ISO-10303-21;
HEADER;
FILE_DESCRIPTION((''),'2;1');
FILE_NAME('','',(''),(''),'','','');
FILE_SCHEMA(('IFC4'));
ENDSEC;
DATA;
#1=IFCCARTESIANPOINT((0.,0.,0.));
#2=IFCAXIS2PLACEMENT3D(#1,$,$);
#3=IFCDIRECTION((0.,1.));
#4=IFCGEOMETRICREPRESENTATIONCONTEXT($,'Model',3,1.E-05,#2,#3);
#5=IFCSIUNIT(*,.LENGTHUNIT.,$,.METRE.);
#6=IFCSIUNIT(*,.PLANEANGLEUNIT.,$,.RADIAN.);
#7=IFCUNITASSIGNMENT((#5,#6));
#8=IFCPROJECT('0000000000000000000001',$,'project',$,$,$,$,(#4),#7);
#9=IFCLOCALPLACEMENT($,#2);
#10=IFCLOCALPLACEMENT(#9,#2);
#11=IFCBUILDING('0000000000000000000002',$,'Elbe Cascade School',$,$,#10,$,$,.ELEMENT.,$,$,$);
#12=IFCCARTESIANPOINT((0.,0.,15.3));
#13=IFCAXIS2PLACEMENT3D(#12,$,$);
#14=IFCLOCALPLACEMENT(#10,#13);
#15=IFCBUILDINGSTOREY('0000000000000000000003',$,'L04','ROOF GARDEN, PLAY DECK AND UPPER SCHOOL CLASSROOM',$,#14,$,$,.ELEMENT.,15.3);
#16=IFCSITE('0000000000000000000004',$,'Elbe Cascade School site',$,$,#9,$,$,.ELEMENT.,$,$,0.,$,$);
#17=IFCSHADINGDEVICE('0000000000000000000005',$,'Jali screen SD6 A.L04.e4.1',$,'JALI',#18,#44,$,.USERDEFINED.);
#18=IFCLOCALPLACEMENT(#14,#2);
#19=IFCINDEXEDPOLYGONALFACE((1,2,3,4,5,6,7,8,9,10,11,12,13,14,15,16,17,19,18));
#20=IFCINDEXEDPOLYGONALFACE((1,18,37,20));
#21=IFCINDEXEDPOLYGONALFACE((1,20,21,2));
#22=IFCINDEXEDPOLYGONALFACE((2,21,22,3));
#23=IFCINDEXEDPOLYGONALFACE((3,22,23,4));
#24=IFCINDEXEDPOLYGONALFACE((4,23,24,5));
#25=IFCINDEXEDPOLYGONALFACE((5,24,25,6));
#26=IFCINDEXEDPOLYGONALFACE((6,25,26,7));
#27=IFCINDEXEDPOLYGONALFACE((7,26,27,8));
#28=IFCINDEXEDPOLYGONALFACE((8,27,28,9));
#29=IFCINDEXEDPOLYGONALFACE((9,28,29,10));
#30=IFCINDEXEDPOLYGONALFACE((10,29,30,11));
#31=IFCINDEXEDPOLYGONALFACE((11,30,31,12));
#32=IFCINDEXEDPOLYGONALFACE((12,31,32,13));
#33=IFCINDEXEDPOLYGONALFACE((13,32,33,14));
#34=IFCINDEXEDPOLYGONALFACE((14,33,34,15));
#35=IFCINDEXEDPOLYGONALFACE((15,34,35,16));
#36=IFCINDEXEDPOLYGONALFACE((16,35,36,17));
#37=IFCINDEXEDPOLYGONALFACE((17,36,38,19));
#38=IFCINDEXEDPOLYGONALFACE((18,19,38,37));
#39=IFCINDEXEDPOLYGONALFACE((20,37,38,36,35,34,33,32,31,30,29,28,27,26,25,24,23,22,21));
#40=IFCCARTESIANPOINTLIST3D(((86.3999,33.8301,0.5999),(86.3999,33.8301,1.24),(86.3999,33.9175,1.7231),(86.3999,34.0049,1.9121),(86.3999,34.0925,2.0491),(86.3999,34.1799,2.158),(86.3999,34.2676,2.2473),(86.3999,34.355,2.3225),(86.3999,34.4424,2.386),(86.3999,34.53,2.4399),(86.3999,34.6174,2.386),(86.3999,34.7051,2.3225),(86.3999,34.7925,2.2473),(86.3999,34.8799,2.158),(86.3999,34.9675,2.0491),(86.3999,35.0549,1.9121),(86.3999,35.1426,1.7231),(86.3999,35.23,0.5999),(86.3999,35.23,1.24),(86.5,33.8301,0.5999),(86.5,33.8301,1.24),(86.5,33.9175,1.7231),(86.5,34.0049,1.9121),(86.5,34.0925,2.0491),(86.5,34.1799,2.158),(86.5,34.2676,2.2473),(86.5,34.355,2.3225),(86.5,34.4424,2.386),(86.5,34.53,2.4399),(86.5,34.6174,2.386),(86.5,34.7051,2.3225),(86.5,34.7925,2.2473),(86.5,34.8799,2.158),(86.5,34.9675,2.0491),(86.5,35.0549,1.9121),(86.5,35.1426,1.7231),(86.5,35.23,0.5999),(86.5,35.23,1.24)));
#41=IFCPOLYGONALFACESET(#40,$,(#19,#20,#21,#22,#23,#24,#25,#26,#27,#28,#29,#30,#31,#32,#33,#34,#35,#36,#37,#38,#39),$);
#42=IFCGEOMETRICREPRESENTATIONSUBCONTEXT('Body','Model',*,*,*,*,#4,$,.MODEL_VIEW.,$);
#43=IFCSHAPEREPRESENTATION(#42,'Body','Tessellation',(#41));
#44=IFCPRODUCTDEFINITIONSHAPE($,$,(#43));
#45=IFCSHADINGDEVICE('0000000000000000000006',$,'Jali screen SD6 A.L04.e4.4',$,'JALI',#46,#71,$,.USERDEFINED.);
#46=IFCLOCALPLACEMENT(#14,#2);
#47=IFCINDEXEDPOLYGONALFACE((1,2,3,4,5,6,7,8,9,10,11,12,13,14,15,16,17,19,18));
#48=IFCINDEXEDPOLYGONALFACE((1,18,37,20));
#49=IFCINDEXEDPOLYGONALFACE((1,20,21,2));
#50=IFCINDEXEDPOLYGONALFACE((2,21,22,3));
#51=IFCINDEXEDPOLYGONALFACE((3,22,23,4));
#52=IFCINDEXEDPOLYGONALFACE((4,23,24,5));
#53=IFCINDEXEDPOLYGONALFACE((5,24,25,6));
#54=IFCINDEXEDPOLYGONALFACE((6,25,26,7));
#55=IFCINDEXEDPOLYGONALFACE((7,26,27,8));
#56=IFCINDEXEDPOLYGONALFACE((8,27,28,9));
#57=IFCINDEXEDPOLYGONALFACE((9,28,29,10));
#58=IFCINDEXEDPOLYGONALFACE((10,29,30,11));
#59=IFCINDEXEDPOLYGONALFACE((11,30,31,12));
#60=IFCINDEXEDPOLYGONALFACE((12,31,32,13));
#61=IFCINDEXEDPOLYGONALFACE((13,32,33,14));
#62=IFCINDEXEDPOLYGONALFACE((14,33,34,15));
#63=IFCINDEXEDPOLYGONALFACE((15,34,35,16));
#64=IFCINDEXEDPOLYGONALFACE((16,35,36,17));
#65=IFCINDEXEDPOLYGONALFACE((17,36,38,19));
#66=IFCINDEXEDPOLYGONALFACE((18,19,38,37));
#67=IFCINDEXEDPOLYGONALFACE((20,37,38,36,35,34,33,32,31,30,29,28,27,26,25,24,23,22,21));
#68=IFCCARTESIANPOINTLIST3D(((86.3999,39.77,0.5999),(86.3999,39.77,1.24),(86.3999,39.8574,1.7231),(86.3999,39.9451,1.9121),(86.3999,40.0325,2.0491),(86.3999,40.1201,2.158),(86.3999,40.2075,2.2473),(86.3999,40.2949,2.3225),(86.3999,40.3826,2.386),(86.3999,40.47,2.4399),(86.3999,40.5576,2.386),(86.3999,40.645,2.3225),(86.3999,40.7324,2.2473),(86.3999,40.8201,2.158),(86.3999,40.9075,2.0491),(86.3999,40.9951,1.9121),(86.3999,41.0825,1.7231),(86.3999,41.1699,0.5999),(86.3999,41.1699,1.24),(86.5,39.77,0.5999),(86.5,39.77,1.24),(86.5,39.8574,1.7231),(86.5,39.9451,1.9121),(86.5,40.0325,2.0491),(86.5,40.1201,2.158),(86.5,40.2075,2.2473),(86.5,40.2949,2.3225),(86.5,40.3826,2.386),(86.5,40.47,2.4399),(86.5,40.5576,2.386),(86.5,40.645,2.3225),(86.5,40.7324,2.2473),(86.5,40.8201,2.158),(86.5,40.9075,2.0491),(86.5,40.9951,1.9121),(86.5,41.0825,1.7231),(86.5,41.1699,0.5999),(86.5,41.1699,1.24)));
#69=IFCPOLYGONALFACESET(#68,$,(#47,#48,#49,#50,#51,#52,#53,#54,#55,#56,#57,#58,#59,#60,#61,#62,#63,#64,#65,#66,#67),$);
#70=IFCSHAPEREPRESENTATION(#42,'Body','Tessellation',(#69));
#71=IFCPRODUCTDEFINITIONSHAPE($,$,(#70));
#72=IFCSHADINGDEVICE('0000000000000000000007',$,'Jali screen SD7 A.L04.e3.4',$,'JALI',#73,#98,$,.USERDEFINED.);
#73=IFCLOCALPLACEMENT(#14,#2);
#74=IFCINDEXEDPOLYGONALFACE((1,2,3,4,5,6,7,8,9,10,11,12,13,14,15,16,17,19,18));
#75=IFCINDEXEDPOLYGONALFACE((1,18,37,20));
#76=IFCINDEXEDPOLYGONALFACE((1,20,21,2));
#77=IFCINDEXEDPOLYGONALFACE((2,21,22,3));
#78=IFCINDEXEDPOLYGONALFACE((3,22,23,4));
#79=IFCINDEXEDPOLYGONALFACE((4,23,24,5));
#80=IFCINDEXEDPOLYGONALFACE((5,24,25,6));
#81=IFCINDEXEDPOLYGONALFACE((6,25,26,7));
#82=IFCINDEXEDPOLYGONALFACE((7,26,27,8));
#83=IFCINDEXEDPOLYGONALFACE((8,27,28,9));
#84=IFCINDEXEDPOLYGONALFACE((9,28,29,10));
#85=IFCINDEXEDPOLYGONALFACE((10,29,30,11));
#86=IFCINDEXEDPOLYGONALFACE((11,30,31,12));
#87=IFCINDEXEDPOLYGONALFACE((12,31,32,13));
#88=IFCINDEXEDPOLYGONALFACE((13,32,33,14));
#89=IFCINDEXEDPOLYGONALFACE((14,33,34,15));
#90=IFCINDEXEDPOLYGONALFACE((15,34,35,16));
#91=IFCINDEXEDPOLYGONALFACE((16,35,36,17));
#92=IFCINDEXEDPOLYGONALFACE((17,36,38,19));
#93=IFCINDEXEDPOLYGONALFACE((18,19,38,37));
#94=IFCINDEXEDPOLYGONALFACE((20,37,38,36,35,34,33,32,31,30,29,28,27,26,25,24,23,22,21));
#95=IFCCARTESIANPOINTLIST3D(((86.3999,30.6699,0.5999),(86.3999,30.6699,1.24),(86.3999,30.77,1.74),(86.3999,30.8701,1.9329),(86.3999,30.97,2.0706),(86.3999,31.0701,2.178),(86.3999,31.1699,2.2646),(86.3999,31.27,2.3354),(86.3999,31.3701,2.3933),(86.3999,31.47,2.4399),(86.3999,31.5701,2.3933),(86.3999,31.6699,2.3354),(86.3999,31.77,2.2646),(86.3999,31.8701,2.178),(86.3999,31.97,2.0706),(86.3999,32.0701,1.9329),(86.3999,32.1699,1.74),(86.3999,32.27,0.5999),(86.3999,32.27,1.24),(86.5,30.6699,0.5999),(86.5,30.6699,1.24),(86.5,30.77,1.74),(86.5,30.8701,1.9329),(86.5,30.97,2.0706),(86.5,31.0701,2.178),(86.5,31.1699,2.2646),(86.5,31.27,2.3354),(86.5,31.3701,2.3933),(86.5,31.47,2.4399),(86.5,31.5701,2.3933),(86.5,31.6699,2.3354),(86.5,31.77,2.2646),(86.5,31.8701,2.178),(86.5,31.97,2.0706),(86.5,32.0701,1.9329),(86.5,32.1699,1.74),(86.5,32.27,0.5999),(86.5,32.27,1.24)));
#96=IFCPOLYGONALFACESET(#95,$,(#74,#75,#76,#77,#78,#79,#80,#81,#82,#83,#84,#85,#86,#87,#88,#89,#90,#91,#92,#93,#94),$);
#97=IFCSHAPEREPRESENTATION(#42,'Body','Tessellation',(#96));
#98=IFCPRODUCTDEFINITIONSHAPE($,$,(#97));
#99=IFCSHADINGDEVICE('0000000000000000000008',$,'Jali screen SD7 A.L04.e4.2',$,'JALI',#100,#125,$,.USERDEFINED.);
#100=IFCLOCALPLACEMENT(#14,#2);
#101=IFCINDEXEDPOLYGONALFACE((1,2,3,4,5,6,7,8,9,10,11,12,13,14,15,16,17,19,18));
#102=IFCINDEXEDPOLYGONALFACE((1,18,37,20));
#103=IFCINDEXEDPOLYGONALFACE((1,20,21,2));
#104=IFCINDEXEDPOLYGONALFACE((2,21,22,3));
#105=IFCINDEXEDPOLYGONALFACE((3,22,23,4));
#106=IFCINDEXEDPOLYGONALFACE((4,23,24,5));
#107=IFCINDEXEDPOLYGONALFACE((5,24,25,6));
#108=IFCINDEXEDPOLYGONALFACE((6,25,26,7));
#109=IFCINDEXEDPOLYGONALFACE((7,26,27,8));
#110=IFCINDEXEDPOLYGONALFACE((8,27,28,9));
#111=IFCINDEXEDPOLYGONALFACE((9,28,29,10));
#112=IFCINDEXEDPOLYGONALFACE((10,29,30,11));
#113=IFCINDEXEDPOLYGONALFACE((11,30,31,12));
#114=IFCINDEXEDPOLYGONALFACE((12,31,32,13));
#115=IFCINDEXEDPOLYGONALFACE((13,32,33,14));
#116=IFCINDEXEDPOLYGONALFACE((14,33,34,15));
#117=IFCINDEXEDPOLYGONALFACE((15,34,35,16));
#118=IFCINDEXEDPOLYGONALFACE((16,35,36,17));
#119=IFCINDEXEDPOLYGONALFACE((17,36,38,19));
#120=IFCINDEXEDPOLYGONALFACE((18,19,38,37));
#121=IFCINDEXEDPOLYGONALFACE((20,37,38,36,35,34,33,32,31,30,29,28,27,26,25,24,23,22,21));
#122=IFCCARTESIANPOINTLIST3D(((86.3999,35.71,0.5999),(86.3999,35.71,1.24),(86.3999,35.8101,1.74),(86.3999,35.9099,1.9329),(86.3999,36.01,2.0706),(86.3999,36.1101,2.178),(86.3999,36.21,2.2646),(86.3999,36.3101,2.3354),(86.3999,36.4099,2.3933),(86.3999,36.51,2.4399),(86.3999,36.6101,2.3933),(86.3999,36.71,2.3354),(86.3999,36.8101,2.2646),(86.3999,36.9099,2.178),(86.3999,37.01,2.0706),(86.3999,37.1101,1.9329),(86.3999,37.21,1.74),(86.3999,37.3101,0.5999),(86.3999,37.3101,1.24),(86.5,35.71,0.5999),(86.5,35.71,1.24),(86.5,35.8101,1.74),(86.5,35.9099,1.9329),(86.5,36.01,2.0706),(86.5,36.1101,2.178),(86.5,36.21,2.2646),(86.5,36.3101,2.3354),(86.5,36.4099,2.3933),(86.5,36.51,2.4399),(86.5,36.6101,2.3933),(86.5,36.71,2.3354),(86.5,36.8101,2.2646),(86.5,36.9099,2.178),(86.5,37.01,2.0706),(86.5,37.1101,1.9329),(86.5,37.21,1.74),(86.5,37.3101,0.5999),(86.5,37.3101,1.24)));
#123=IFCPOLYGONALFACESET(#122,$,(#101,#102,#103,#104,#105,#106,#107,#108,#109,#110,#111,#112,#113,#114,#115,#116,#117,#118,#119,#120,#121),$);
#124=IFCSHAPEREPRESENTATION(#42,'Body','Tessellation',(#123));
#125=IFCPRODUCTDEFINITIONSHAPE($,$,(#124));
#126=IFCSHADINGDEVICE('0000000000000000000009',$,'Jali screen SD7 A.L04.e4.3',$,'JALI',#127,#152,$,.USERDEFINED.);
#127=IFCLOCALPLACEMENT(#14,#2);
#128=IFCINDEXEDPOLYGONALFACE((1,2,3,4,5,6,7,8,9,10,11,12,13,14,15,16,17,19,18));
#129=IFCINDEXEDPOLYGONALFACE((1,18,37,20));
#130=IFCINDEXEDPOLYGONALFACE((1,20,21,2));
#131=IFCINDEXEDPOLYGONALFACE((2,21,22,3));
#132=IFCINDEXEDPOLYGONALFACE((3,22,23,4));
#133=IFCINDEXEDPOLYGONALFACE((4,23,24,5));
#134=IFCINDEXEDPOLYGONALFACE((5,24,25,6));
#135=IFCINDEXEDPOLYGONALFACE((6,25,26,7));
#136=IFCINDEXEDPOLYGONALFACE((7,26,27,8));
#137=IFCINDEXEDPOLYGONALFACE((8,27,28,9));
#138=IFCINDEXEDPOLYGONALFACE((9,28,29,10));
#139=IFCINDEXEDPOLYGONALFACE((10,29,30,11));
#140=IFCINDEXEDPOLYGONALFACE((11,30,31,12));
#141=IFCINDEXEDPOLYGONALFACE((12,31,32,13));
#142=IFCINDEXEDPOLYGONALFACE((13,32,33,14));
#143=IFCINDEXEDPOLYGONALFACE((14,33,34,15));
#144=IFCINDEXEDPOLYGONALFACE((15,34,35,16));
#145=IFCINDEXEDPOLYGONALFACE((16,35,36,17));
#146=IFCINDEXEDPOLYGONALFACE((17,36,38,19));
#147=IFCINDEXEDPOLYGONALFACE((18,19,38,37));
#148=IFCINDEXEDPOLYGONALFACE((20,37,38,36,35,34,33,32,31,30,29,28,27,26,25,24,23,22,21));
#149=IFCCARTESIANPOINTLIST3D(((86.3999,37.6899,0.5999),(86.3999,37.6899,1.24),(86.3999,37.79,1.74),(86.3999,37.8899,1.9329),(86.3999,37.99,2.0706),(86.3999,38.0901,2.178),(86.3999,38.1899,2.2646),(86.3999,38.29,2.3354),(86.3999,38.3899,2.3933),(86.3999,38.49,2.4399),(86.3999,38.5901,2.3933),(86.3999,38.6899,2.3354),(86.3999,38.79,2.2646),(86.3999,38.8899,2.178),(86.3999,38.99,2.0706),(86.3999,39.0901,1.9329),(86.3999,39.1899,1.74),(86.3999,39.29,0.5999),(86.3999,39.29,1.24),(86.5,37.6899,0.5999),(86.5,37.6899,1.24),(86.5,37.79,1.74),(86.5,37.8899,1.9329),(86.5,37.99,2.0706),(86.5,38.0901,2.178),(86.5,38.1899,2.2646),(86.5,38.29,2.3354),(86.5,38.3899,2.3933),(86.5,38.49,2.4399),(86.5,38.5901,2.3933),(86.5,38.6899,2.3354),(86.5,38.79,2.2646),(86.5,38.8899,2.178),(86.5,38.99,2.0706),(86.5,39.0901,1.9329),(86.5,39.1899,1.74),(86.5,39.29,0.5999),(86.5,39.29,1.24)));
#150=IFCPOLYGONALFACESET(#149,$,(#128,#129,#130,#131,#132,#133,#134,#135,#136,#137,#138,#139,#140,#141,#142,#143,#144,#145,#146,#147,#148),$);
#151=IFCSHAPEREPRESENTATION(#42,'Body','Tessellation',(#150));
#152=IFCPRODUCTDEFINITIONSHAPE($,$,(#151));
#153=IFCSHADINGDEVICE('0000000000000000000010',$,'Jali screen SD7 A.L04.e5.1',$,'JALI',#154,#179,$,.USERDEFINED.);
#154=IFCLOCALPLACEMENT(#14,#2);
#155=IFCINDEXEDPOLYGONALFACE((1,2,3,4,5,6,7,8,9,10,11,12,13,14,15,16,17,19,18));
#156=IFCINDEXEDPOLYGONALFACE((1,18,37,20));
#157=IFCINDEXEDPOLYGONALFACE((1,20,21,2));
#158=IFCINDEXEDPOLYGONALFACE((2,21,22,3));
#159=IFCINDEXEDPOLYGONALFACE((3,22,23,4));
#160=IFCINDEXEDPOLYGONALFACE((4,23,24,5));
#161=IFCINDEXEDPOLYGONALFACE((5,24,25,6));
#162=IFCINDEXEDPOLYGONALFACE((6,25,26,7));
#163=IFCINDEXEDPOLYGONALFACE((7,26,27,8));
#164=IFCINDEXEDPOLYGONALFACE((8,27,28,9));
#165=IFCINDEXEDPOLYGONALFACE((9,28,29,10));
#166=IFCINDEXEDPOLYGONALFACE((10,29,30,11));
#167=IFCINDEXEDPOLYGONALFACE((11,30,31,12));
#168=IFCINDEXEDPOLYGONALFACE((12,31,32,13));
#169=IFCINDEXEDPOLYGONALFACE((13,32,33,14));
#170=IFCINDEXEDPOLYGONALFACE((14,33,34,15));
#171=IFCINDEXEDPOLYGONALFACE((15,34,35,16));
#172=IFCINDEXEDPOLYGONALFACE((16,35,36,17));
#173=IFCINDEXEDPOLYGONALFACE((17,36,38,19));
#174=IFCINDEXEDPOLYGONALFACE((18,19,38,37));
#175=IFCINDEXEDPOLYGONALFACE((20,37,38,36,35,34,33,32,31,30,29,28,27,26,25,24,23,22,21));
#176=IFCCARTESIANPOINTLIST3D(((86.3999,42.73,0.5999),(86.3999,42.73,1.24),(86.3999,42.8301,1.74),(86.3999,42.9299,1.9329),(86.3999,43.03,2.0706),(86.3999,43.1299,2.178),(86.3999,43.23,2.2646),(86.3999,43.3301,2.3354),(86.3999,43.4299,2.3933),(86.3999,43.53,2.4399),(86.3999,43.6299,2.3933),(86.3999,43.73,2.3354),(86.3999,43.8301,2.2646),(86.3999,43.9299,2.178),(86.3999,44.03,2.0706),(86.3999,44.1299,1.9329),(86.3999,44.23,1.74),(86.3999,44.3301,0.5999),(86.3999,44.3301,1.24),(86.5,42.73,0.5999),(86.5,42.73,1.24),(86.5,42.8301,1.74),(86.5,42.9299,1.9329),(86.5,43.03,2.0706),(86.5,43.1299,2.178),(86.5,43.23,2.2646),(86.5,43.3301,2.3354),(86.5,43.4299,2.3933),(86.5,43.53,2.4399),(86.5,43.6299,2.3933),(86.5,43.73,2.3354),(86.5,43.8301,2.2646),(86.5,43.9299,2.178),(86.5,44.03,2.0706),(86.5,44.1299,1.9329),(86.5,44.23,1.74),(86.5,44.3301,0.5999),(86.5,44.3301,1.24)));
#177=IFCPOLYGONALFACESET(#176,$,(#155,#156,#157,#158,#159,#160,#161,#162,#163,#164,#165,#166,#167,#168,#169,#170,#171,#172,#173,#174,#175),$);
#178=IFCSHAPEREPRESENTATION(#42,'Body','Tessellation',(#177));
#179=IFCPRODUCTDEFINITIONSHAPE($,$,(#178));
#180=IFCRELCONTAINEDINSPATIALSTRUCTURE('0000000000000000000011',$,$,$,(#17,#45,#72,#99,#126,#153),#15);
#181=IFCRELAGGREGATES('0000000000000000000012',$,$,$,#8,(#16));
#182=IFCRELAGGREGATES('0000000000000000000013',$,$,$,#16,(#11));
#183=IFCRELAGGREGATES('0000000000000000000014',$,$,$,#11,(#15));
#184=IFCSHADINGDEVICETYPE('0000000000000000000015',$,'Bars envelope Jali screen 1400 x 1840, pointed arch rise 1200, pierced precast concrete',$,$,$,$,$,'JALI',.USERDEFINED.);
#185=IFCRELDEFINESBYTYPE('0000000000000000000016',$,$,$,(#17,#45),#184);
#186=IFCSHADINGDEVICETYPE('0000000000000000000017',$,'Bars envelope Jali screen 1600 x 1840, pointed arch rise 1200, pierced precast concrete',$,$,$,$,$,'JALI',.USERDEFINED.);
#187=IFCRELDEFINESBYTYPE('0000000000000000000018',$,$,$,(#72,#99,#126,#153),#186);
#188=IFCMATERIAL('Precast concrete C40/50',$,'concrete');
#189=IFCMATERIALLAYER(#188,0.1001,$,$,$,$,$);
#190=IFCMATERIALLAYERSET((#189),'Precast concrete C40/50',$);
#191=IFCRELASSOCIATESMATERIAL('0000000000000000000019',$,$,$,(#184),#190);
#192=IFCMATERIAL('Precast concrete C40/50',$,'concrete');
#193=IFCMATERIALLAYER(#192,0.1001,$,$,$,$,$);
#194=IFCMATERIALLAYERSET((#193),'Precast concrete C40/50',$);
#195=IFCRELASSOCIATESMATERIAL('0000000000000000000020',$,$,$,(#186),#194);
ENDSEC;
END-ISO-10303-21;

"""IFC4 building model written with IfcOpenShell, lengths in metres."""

from ifc_helpers import new_model, si_unit, direction, frame, origin, place, context, subcontext, project, spatial, polyline, outline, extrude, material, layer, layer_set, type_object, element, save


model = new_model("IFC4")

# Units and contexts
model_context = context("Model", 3, precision=1e-05, world=origin(), true_north=direction((0.0, 1.0)))
body_context = subcontext(model_context, "Body", "Model", "MODEL_VIEW")
ifc_project = project(units=[si_unit("LENGTHUNIT", "METRE"), si_unit("PLANEANGLEUNIT", "RADIAN")], contexts=[model_context])

# Site, building, storey
site_placement = place(None, origin())
site = spatial("IfcSite", under=ifc_project, at=site_placement, Name="Elbe Cascade School site", CompositionType="ELEMENT", RefElevation=0.0)
building_placement = place(site_placement, origin())
building = spatial("IfcBuilding", under=site, at=building_placement, Name="Elbe Cascade School", CompositionType="ELEMENT")
storey_placement = place(building_placement, frame((0.0, 0.0, 15.3)))
storey = spatial("IfcBuildingStorey", under=building, at=storey_placement, Name="L04", Description="ROOF GARDEN, PLAY DECK AND UPPER SCHOOL CLASSROOM", CompositionType="ELEMENT", Elevation=15.3)

# Shading devices
ifc_material_1 = material(Name="Precast concrete C40/50", Category="concrete")
ifc_layer_1 = layer(ifc_material_1, 0.1001)
ifc_layer_set_1 = layer_set([ifc_layer_1], Name="Precast concrete C40/50")
shading_device_type_1 = type_object("IfcShadingDeviceType", Name="Bars envelope Jali screen 1400 x 1840, pointed arch rise 1200, pierced precast concrete", ElementType="JALI", PredefinedType="USERDEFINED", material=ifc_layer_set_1)
shading_device_1_placement = place(storey_placement, frame((86.5, 33.8301, 0.5999), z_axis=(1.0, 0.0, 0.0), x_axis=(0.0, 1.0, 0.0)))
element("IfcShadingDevice", 1, at=shading_device_1_placement, inside=storey, type_object=shading_device_type_1, Name="Jali screen SD6 A.L04.e4.1", ObjectType="JALI", PredefinedType="USERDEFINED", context=body_context, shape_type="SweptSolid", body=[
    extrude(outline(polyline([(0.0, 0.0), (1.3999, 0.0), (1.3999, 0.6401), (1.3125, 1.1233), (1.2249, 1.3123), (1.1375, 1.4492), (1.0498, 1.5581), (0.9624, 1.6475), (0.875, 1.7227), (0.7874, 1.7861), (0.7, 1.8401), (0.6123, 1.7861), (0.5249, 1.7227), (0.4375, 1.6475), (0.3499, 1.5581), (0.2625, 1.4492), (0.1748, 1.3123), (0.0874, 1.1233), (0.0, 0.6401), (0.0, 0.0)])), origin(), (0.0, 0.0, -1.0), 0.1001),
])
shading_device_2_placement = place(storey_placement, frame((86.5, 39.77, 0.5999), z_axis=(1.0, 0.0, 0.0), x_axis=(0.0, 1.0, 0.0)))
element("IfcShadingDevice", 2, at=shading_device_2_placement, inside=storey, type_object=shading_device_type_1, Name="Jali screen SD6 A.L04.e4.4", ObjectType="JALI", PredefinedType="USERDEFINED", context=body_context, shape_type="SweptSolid", body=[
    extrude(outline(polyline([(0.0, 0.0), (1.3999, 0.0), (1.3999, 0.6401), (1.3125, 1.1233), (1.2251, 1.3123), (1.1375, 1.4492), (1.05, 1.5581), (0.9624, 1.6475), (0.875, 1.7227), (0.7876, 1.7861), (0.7, 1.8401), (0.6125, 1.7861), (0.5249, 1.7227), (0.4375, 1.6475), (0.3501, 1.5581), (0.2625, 1.4492), (0.175, 1.3123), (0.0874, 1.1233), (0.0, 0.6401), (0.0, 0.0)])), origin(), (0.0, 0.0, -1.0), 0.1001),
])
ifc_material_2 = material(Name="Precast concrete C40/50", Category="concrete")
ifc_layer_2 = layer(ifc_material_2, 0.1001)
ifc_layer_set_2 = layer_set([ifc_layer_2], Name="Precast concrete C40/50")
shading_device_type_2 = type_object("IfcShadingDeviceType", Name="Bars envelope Jali screen 1600 x 1840, pointed arch rise 1200, pierced precast concrete", ElementType="JALI", PredefinedType="USERDEFINED", material=ifc_layer_set_2)
shading_device_3_placement = place(storey_placement, frame((86.5, 30.6699, 0.5999), z_axis=(1.0, 0.0, 0.0), x_axis=(0.0, 1.0, 0.0)))
element("IfcShadingDevice", 3, at=shading_device_3_placement, inside=storey, type_object=shading_device_type_2, Name="Jali screen SD7 A.L04.e3.4", ObjectType="JALI", PredefinedType="USERDEFINED", context=body_context, shape_type="SweptSolid", body=[
    extrude(outline(polyline([(0.0, 0.0), (1.6001, 0.0), (1.6001, 0.6401), (1.5, 1.1401), (1.4001, 1.333), (1.3, 1.4707), (1.2002, 1.5781), (1.1001, 1.6648), (1.0, 1.7356), (0.9001, 1.7935), (0.8, 1.8401), (0.7002, 1.7935), (0.6001, 1.7356), (0.5, 1.6648), (0.4001, 1.5781), (0.3, 1.4707), (0.2002, 1.333), (0.1001, 1.1401), (0.0, 0.6401), (0.0, 0.0)])), origin(), (0.0, 0.0, -1.0), 0.1001),
])
for number, where, z_axis, x_axis, name in (
    (4, (86.5, 35.71, 0.5999), (1.0, 0.0, 0.0), (0.0, 1.0, 0.0), "Jali screen SD7 A.L04.e4.2"),
    (5, (86.5, 37.6899, 0.5999), (1.0, 0.0, 0.0), (0.0, 1.0, 0.0), "Jali screen SD7 A.L04.e4.3"),
):
    element("IfcShadingDevice", number, at=place(storey_placement, frame(where, z_axis=z_axis, x_axis=x_axis)), inside=storey, type_object=shading_device_type_2, Name=name, ObjectType="JALI", PredefinedType="USERDEFINED", context=body_context, shape_type="SweptSolid", body=[
        extrude(outline(polyline([(0.0, 0.0), (1.6001, 0.0), (1.6001, 0.6401), (1.5, 1.1401), (1.4001, 1.333), (1.3, 1.4707), (1.2, 1.5781), (1.1001, 1.6648), (1.0, 1.7356), (0.9001, 1.7935), (0.8, 1.8401), (0.7, 1.7935), (0.6001, 1.7356), (0.5, 1.6648), (0.4001, 1.5781), (0.3, 1.4707), (0.2, 1.333), (0.1001, 1.1401), (0.0, 0.6401), (0.0, 0.0)])), origin(), (0.0, 0.0, -1.0), 0.1001),
    ])
shading_device_4_placement = place(storey_placement, frame((86.5, 42.73, 0.5999), z_axis=(1.0, 0.0, 0.0), x_axis=(0.0, 1.0, 0.0)))
element("IfcShadingDevice", 6, at=shading_device_4_placement, inside=storey, type_object=shading_device_type_2, Name="Jali screen SD7 A.L04.e5.1", ObjectType="JALI", PredefinedType="USERDEFINED", context=body_context, shape_type="SweptSolid", body=[
    extrude(outline(polyline([(0.0, 0.0), (1.6001, 0.0), (1.6001, 0.6401), (1.5, 1.1401), (1.3999, 1.333), (1.3, 1.4707), (1.2, 1.5781), (1.1001, 1.6648), (1.0, 1.7356), (0.8999, 1.7935), (0.8, 1.8401), (0.7, 1.7935), (0.6001, 1.7356), (0.5, 1.6648), (0.3999, 1.5781), (0.3, 1.4707), (0.2, 1.333), (0.1001, 1.1401), (0.0, 0.6401), (0.0, 0.0)])), origin(), (0.0, 0.0, -1.0), 0.1001),
])

save(model, "model.ifc")
